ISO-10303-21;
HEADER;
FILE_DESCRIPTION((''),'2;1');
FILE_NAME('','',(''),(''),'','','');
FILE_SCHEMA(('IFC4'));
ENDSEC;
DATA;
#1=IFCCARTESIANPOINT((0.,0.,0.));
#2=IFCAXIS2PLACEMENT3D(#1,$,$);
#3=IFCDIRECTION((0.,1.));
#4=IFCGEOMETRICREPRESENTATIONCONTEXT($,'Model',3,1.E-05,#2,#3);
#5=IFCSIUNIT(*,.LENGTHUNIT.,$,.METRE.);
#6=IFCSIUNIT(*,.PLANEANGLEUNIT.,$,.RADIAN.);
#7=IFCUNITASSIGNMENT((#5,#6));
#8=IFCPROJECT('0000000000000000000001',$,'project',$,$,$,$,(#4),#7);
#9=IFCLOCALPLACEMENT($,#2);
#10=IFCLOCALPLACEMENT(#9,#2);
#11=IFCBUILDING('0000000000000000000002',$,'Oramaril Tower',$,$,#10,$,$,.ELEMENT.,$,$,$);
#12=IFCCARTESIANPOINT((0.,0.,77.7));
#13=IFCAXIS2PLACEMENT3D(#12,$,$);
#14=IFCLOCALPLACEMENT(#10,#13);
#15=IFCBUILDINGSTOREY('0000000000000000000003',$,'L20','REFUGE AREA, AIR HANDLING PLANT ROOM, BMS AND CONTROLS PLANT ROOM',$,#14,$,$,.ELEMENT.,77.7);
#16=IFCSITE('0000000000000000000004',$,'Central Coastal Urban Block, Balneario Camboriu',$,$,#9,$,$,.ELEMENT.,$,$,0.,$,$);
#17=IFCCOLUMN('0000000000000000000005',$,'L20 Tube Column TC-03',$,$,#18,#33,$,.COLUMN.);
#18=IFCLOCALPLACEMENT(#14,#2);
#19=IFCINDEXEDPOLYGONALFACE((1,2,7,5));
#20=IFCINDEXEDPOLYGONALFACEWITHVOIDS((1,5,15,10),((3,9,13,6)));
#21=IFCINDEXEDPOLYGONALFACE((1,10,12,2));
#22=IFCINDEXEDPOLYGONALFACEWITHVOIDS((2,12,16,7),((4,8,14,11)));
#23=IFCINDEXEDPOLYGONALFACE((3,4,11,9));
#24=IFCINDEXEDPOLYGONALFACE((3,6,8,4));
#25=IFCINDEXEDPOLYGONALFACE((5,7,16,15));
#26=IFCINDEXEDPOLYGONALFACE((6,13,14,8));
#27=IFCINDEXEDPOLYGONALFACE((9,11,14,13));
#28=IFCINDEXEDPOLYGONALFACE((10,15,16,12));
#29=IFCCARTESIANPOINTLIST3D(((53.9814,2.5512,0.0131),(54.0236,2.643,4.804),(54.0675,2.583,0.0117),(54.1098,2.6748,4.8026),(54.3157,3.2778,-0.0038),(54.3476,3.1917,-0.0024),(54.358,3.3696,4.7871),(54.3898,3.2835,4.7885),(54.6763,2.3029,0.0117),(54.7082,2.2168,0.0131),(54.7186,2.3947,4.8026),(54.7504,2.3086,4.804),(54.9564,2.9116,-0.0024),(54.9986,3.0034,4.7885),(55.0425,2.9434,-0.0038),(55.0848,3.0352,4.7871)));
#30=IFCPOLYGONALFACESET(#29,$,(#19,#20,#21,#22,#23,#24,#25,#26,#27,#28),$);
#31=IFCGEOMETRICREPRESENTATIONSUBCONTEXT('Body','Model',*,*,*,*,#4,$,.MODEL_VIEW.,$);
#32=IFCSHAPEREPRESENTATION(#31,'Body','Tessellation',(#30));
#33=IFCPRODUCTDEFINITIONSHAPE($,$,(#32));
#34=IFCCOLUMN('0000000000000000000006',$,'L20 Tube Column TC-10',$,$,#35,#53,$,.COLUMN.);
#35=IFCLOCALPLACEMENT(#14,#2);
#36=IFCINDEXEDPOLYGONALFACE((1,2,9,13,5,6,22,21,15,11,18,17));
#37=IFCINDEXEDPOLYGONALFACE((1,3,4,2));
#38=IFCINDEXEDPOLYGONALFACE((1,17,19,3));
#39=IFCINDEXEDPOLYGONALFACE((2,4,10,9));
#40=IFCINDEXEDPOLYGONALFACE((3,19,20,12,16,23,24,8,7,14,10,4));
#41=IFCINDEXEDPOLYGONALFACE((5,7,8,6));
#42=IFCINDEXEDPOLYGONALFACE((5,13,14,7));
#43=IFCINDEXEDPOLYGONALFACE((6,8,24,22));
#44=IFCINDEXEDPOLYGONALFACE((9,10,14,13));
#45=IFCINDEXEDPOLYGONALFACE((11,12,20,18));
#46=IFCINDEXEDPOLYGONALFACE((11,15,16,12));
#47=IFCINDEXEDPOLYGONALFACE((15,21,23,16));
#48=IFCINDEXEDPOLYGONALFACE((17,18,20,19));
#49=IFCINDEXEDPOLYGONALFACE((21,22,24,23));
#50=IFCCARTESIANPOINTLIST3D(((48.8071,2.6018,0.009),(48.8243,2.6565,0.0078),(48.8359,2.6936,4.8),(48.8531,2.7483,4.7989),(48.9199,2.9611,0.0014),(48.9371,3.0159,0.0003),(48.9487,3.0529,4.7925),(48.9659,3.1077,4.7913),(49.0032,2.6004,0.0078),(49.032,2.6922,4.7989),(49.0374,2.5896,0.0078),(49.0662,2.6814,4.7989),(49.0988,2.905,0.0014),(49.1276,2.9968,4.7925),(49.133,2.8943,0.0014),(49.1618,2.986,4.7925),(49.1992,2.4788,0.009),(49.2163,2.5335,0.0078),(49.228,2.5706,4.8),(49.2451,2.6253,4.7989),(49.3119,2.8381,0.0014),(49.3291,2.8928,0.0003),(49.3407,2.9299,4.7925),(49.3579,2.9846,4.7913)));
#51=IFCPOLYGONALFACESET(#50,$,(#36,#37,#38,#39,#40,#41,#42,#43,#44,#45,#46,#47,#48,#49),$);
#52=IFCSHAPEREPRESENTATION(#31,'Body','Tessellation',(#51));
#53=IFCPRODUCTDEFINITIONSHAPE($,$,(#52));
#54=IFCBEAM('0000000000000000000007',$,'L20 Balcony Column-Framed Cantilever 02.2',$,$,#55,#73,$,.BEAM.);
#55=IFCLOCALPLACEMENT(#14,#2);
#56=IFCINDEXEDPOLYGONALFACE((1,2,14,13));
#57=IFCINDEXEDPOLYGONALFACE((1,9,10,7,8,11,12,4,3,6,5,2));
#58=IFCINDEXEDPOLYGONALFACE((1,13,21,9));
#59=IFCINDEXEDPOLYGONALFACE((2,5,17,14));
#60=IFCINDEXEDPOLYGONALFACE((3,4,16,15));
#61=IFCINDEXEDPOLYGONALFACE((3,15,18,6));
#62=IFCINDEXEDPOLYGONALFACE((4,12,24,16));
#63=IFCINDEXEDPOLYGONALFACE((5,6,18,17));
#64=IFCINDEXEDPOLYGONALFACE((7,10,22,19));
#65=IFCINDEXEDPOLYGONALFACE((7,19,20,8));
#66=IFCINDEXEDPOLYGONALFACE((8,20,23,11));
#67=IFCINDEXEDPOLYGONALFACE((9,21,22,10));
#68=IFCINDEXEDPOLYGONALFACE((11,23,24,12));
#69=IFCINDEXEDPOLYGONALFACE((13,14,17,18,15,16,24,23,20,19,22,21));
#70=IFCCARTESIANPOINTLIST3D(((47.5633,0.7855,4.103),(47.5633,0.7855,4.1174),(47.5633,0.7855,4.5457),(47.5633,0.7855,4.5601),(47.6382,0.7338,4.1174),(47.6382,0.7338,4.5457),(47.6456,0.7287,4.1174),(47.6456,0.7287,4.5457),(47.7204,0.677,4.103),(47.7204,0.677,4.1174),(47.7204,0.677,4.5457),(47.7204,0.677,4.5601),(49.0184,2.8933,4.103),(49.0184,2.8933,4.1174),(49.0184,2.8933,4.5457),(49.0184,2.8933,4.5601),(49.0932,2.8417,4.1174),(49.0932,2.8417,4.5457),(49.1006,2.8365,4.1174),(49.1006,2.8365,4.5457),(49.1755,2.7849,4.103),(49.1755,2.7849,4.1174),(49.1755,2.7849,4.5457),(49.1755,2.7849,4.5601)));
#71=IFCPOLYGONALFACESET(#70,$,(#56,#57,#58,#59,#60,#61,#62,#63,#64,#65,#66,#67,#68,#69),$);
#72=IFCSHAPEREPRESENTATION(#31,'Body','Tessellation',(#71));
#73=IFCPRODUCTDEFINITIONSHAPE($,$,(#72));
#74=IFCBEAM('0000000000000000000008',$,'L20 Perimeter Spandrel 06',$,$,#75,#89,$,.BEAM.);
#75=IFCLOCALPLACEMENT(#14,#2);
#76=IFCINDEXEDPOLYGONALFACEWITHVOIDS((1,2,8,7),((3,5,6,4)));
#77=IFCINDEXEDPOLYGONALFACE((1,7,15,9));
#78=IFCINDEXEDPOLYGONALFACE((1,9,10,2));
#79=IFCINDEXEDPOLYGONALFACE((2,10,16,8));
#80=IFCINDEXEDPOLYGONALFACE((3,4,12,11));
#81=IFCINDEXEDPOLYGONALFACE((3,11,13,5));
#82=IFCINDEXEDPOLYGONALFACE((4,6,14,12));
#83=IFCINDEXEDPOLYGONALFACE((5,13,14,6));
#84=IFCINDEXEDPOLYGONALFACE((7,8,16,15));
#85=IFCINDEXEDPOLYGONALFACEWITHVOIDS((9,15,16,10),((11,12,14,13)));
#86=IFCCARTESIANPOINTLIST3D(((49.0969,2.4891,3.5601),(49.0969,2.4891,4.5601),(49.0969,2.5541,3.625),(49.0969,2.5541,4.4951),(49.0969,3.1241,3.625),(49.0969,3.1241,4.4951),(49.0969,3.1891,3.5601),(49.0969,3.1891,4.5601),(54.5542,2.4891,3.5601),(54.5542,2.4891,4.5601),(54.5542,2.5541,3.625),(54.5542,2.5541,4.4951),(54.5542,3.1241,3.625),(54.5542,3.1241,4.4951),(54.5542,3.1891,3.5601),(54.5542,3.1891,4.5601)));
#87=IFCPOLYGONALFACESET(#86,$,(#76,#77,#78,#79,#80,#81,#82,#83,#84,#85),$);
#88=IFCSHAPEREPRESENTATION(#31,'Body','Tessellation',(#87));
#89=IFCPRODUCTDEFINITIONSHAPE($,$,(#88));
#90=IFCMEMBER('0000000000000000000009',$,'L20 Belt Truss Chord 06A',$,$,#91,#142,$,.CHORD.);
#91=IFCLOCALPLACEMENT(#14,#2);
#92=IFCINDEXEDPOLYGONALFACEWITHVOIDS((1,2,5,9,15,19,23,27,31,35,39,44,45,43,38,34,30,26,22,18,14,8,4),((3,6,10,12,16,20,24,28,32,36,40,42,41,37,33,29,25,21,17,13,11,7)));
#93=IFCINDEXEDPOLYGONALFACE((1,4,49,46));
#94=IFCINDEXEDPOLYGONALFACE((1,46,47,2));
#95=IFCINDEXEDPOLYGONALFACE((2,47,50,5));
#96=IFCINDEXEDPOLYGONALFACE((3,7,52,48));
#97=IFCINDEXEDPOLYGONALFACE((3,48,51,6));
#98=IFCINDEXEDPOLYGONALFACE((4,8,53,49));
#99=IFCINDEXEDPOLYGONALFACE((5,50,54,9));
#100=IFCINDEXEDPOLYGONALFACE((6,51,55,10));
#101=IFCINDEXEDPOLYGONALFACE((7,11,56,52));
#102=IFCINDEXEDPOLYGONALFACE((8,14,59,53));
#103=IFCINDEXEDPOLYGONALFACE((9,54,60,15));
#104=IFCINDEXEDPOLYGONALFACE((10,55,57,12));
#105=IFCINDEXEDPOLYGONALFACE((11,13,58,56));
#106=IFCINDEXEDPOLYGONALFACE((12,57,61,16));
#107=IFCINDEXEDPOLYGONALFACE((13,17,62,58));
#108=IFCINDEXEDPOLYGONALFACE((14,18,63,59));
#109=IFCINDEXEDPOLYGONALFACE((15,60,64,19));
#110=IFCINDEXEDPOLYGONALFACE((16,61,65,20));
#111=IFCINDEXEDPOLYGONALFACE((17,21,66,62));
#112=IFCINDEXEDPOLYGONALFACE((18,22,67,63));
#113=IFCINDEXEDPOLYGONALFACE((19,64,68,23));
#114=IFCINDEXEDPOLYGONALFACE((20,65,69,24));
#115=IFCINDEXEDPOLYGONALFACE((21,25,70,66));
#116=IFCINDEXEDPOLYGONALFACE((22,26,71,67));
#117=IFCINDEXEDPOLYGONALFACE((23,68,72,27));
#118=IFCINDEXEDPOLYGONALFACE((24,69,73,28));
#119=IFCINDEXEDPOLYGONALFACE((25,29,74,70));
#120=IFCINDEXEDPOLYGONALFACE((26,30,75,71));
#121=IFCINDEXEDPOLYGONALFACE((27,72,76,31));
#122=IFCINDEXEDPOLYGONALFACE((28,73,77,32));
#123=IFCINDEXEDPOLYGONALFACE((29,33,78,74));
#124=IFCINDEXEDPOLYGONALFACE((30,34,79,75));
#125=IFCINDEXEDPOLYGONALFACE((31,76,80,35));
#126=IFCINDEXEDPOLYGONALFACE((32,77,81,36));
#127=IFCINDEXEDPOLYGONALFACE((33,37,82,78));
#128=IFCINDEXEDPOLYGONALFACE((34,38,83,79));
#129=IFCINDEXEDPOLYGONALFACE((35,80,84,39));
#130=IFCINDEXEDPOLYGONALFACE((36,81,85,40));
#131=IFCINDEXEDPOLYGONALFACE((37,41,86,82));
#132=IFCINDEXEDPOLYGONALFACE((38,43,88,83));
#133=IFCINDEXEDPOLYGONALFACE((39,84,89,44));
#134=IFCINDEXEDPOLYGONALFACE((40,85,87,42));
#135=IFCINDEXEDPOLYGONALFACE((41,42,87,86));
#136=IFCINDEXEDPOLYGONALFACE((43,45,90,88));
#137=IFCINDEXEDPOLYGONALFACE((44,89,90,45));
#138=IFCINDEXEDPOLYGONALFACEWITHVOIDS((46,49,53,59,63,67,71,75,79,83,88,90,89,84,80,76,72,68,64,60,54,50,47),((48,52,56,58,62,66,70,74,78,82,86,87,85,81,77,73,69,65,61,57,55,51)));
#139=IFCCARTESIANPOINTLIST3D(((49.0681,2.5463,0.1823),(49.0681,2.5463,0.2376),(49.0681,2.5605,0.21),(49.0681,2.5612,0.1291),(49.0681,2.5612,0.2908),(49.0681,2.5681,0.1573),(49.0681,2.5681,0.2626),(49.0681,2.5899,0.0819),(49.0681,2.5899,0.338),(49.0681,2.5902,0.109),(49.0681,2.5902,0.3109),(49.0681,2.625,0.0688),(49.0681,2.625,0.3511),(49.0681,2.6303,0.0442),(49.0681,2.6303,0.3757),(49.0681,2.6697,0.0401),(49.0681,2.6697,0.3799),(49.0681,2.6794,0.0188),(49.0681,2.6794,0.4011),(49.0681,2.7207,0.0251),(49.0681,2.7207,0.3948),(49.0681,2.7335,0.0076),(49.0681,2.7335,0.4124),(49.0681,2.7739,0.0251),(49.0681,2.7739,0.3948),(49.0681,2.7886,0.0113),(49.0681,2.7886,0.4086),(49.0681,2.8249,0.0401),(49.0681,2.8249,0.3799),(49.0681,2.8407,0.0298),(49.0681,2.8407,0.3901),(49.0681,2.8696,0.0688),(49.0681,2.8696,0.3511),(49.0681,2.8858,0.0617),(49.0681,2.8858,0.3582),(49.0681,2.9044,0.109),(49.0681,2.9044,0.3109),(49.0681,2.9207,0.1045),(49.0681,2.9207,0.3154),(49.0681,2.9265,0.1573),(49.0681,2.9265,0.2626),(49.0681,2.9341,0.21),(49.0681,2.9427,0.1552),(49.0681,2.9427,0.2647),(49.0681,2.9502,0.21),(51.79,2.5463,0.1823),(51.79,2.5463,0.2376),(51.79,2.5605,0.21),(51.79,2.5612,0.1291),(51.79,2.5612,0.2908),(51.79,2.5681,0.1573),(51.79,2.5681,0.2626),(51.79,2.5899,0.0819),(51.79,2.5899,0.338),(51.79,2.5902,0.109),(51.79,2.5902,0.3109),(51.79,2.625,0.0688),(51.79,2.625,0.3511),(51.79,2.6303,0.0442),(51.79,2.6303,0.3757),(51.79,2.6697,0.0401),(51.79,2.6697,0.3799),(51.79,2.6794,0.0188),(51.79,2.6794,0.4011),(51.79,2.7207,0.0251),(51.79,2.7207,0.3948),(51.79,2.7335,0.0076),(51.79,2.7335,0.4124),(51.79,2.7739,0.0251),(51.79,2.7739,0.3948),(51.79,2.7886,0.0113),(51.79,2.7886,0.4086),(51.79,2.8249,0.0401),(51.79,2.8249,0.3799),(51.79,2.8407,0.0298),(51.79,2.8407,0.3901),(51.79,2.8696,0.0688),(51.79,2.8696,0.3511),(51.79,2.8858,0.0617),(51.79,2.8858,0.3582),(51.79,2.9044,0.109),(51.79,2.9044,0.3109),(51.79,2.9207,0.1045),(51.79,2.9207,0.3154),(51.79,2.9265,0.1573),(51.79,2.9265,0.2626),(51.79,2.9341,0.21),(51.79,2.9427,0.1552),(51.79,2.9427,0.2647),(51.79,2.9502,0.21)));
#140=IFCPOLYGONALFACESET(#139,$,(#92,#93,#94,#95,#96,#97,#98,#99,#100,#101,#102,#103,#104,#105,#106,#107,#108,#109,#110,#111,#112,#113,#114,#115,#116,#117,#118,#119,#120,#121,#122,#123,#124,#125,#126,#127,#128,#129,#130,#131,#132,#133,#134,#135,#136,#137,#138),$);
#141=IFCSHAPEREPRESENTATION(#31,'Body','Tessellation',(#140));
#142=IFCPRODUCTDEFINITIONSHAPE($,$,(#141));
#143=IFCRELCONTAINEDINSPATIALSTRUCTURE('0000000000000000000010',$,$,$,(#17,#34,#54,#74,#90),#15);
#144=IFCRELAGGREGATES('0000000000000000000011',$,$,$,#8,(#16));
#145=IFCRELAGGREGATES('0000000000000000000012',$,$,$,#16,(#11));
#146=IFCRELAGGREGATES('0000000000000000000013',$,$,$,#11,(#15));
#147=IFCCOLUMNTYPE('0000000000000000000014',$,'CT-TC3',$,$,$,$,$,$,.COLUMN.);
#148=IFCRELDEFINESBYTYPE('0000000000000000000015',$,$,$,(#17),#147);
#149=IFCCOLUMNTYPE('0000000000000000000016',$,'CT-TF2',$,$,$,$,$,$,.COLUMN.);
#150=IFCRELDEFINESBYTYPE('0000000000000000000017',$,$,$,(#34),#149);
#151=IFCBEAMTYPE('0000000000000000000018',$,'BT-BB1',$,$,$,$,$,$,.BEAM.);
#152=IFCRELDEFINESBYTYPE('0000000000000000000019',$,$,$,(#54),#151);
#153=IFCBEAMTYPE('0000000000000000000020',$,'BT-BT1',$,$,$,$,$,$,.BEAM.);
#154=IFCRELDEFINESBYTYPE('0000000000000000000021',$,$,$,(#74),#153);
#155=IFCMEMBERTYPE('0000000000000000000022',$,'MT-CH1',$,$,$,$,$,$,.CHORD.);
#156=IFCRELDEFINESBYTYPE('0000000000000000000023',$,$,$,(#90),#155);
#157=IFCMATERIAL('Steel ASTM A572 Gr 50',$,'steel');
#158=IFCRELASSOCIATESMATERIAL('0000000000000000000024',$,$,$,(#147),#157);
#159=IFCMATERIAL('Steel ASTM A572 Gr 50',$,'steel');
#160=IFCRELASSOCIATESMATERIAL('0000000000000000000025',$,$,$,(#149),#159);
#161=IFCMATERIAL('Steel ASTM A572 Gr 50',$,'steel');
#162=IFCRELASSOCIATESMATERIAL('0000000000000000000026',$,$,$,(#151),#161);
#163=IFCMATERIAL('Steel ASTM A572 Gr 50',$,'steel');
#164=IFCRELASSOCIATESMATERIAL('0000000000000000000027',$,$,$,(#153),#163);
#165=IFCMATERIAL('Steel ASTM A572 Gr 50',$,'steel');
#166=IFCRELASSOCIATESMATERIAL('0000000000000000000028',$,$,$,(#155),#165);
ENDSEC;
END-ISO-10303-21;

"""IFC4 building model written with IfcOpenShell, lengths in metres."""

from ifc_helpers import new_model, si_unit, direction, frame, origin, origin_2d, place, context, subcontext, project, spatial, hollow_rectangle, hollow_circle, i_section, extrude, material, material_profile, profile_set, type_object, element, save


model = new_model("IFC4")

# Units and contexts
model_context = context("Model", 3, precision=1e-05, world=origin(), true_north=direction((0.0, 1.0)))
body_context = subcontext(model_context, "Body", "Model", "MODEL_VIEW")
ifc_project = project(units=[si_unit("LENGTHUNIT", "METRE"), si_unit("PLANEANGLEUNIT", "RADIAN")], contexts=[model_context])

# Site, building, storey
site_placement = place(None, origin())
site = spatial("IfcSite", under=ifc_project, at=site_placement, Name="Central Coastal Urban Block, Balneario Camboriu", CompositionType="ELEMENT", RefElevation=0.0)
building_placement = place(site_placement, origin())
building = spatial("IfcBuilding", under=site, at=building_placement, Name="Oramaril Tower", CompositionType="ELEMENT")
storey_placement = place(building_placement, frame((0.0, 0.0, 77.7)))
storey = spatial("IfcBuildingStorey", under=building, at=storey_placement, Name="L20", Description="REFUGE AREA, AIR HANDLING PLANT ROOM, BMS AND CONTROLS PLANT ROOM", CompositionType="ELEMENT", Elevation=77.7)

# Columns
ifc_material_1 = material(Name="Steel ASTM A572 Gr 50", Category="steel")
ifc_material_profile_1 = material_profile(ifc_material_1, hollow_rectangle(XDim=0.8, YDim=0.8, WallThickness=0.0649, at=origin_2d()), Name="BOX800X800X65")
ifc_profile_set_1 = profile_set([ifc_material_profile_1], Name="Steel ASTM A572 Gr 50")
column_type_1 = type_object("IfcColumnType", Name="CT-TC3", PredefinedType="COLUMN", material=ifc_profile_set_1)
column_1_placement = place(storey_placement, frame((54.512, 2.7473, 0.0046), z_axis=(0.008814, 0.019156, 0.999778), x_axis=(-0.908454, 0.417985, 0.0)))
element("IfcColumn", 1, at=column_1_placement, inside=storey, type_object=column_type_1, Name="L20 Tube Column TC-03", PredefinedType="COLUMN", context=body_context, shape_type="SweptSolid", body=[
    extrude(hollow_rectangle(XDim=0.8, YDim=0.8, WallThickness=0.0649, at=origin_2d()), origin(), (0.0, 0.0, 1.0), 4.792),
])
ifc_material_2 = material(Name="Steel ASTM A572 Gr 50", Category="steel")
ifc_material_profile_2 = material_profile(ifc_material_2, i_section(OverallWidth=0.4109, OverallDepth=0.4341, WebThickness=0.0359, FlangeThickness=0.0574, at=origin_2d()), Name="W14X311")
ifc_profile_set_2 = profile_set([ifc_material_profile_2], Name="Steel ASTM A572 Gr 50")
column_type_2 = type_object("IfcColumnType", Name="CT-TF2", PredefinedType="COLUMN", material=ifc_profile_set_2)
column_2_placement = place(storey_placement, frame((49.0681, 2.7473, 0.0046), z_axis=(0.006012, 0.019156, 0.999798), x_axis=(-0.954118, 0.299431, 0.0)))
element("IfcColumn", 2, at=column_2_placement, inside=storey, type_object=column_type_2, Name="L20 Tube Column TC-10", PredefinedType="COLUMN", context=body_context, shape_type="SweptSolid", body=[
    extrude(i_section(OverallWidth=0.4109, OverallDepth=0.4341, WebThickness=0.0359, FlangeThickness=0.0574, at=origin_2d()), origin(), (0.0, 0.0, 1.0), 4.792),
])

# Beams
ifc_material_3 = material(Name="Steel ASTM A572 Gr 50", Category="steel")
ifc_material_profile_3 = material_profile(ifc_material_3, i_section(OverallWidth=0.1909, OverallDepth=0.457, WebThickness=0.009, FlangeThickness=0.0144, at=origin_2d()), Name="W18X50")
ifc_profile_set_3 = profile_set([ifc_material_profile_3], Name="Steel ASTM A572 Gr 50")
beam_type_1 = type_object("IfcBeamType", Name="BT-BB1", PredefinedType="BEAM", material=ifc_profile_set_3)
beam_1_placement = place(storey_placement, frame((49.0969, 2.8391, 4.3315), z_axis=(-0.568089, -0.822967, 0.0), x_axis=(0.822967, -0.568089, 0.0)))
element("IfcBeam", 3, at=beam_1_placement, inside=storey, type_object=beam_type_1, Name="L20 Balcony Column-Framed Cantilever 02.2", PredefinedType="BEAM", context=body_context, shape_type="SweptSolid", body=[
    extrude(i_section(OverallWidth=0.1909, OverallDepth=0.457, WebThickness=0.009, FlangeThickness=0.0144, at=origin_2d()), origin(), (0.0, 0.0, 1.0), 2.5613),
])
ifc_material_4 = material(Name="Steel ASTM A572 Gr 50", Category="steel")
ifc_material_profile_4 = material_profile(ifc_material_4, hollow_rectangle(XDim=0.7, YDim=1.0, WallThickness=0.0649, at=origin_2d()), Name="BOX1000X700X65")
ifc_profile_set_4 = profile_set([ifc_material_profile_4], Name="Steel ASTM A572 Gr 50")
beam_type_2 = type_object("IfcBeamType", Name="BT-BT1", PredefinedType="BEAM", material=ifc_profile_set_4)
beam_2_placement = place(storey_placement, frame((49.0969, 2.8391, 4.0601), z_axis=(1.0, 0.0, 0.0), x_axis=(0.0, 1.0, 0.0)))
element("IfcBeam", 4, at=beam_2_placement, inside=storey, type_object=beam_type_2, Name="L20 Perimeter Spandrel 06", PredefinedType="BEAM", context=body_context, shape_type="SweptSolid", body=[
    extrude(hollow_rectangle(XDim=0.7, YDim=1.0, WallThickness=0.0649, at=origin_2d()), origin(), (0.0, 0.0, 1.0), 5.4573),
])

# Member
ifc_material_5 = material(Name="Steel ASTM A572 Gr 50", Category="steel")
ifc_material_profile_5 = material_profile(ifc_material_5, hollow_circle(Radius=0.2029, WallThickness=0.0161, at=origin_2d()), Name="CHS406X16")
ifc_profile_set_5 = profile_set([ifc_material_profile_5], Name="Steel ASTM A572 Gr 50")
member_type_1 = type_object("IfcMemberType", Name="MT-CH1", PredefinedType="CHORD", material=ifc_profile_set_5)
for number, where, z_axis, x_axis, name in (
    (5, (49.0681, 2.7473, 0.21), (1.0, 0.0, 0.0), (0.0, 1.0, 0.0), "L20 Belt Truss Chord 06A"),
):
    element("IfcMember", number, at=place(storey_placement, frame(where, z_axis=z_axis, x_axis=x_axis)), inside=storey, type_object=member_type_1, Name=name, PredefinedType="CHORD", context=body_context, shape_type="SweptSolid", body=[
        extrude(hollow_circle(Radius=0.2029, WallThickness=0.0161, at=origin_2d()), origin(), (0.0, 0.0, 1.0), 2.7219),
    ])

save(model, "model.ifc")
